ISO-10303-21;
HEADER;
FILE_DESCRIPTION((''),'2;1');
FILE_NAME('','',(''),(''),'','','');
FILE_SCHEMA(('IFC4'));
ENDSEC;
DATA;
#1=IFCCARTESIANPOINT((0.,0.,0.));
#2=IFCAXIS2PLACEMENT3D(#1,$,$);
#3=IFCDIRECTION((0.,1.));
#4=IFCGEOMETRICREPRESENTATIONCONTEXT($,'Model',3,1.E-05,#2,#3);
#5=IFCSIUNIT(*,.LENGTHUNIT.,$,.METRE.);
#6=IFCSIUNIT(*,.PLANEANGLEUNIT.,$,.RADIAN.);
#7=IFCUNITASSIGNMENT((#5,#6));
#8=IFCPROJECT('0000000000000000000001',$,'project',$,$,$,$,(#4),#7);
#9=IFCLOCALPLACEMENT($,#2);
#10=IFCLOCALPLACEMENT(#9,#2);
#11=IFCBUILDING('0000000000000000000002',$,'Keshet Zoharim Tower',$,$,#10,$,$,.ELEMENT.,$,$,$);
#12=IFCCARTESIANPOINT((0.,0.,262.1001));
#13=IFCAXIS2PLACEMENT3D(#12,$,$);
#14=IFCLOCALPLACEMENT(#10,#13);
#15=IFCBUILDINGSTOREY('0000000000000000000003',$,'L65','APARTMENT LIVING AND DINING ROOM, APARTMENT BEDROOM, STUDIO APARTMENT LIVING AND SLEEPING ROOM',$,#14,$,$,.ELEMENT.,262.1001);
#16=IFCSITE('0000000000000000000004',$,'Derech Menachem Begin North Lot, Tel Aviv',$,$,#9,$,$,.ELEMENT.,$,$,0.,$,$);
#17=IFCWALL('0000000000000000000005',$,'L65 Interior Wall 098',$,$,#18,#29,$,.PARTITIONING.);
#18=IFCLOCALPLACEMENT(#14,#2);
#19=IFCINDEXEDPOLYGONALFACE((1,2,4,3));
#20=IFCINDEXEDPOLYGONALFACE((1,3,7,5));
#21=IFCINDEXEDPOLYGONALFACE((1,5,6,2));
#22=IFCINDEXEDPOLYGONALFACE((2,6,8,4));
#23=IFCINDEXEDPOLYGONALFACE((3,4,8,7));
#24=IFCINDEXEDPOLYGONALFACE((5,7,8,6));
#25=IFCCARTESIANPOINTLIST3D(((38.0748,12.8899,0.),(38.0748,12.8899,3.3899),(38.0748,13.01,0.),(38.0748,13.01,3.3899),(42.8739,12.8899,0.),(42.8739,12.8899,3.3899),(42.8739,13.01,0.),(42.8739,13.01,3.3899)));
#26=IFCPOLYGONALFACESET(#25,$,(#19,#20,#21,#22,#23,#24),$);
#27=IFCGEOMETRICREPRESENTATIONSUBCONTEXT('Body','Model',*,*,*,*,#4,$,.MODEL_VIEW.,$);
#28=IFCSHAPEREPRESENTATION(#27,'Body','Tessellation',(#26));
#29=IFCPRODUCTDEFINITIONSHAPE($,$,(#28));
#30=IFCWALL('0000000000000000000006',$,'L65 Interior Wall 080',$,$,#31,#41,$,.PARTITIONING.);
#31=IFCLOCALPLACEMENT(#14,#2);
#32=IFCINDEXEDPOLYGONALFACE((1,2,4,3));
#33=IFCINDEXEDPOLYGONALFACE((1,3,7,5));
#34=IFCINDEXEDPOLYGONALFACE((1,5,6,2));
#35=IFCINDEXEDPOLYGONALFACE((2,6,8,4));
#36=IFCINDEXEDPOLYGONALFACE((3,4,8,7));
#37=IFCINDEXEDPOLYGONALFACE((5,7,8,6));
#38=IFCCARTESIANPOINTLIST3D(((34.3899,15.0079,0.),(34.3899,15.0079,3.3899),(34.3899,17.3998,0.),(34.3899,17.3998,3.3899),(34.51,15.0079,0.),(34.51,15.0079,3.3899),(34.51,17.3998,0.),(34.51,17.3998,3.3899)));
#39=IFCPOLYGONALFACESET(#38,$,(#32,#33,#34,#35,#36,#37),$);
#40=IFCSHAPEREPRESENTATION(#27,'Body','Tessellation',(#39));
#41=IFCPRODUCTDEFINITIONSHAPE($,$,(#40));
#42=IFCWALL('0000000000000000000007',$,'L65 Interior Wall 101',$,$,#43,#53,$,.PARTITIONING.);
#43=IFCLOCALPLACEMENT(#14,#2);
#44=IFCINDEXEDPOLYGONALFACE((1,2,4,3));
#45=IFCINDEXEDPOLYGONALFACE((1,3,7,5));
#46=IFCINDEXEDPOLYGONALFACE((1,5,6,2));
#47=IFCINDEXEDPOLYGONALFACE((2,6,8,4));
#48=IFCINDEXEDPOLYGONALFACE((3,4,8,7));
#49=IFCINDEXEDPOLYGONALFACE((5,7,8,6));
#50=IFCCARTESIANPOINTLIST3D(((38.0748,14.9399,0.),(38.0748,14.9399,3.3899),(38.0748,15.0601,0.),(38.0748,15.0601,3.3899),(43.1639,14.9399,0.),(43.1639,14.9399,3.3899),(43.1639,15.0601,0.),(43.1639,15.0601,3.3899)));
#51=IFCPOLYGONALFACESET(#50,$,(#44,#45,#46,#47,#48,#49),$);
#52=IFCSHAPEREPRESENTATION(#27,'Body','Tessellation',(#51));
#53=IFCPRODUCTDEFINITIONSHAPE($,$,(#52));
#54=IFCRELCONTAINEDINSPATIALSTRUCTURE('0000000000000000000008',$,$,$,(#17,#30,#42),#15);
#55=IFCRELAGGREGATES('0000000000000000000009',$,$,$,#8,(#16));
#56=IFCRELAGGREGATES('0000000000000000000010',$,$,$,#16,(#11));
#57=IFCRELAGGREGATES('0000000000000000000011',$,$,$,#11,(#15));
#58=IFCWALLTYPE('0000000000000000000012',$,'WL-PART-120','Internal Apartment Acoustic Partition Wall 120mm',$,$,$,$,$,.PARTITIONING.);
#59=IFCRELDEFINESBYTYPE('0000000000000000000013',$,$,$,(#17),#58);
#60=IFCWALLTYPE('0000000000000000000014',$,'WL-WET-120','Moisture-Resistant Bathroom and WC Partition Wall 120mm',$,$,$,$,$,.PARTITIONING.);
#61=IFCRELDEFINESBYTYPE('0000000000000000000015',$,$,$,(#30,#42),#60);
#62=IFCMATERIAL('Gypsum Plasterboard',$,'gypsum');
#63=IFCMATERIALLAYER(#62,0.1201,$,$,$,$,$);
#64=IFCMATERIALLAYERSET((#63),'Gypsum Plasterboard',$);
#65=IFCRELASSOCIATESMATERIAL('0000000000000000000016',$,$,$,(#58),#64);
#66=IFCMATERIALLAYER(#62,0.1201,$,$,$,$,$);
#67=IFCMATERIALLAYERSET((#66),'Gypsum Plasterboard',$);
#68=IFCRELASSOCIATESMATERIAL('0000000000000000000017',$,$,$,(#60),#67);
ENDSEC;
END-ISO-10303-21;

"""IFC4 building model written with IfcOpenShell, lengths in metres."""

from ifc_helpers import new_model, si_unit, direction, frame, frame_2d, origin, place, context, subcontext, project, spatial, rectangle, extrude, material, layer, layer_set, type_object, element, save


model = new_model("IFC4")

# Units and contexts
model_context = context("Model", 3, precision=1e-05, world=origin(), true_north=direction((0.0, 1.0)))
body_context = subcontext(model_context, "Body", "Model", "MODEL_VIEW")
ifc_project = project(units=[si_unit("LENGTHUNIT", "METRE"), si_unit("PLANEANGLEUNIT", "RADIAN")], contexts=[model_context])

# Site, building, storey
site_placement = place(None, origin())
site = spatial("IfcSite", under=ifc_project, at=site_placement, Name="Derech Menachem Begin North Lot, Tel Aviv", CompositionType="ELEMENT", RefElevation=0.0)
building_placement = place(site_placement, origin())
building = spatial("IfcBuilding", under=site, at=building_placement, Name="Keshet Zoharim Tower", CompositionType="ELEMENT")
storey_placement = place(building_placement, frame((0.0, 0.0, 262.1001)))
storey = spatial("IfcBuildingStorey", under=building, at=storey_placement, Name="L65", Description="APARTMENT LIVING AND DINING ROOM, APARTMENT BEDROOM, STUDIO APARTMENT LIVING AND SLEEPING ROOM", CompositionType="ELEMENT", Elevation=262.1001)

# Shared definitions
ifc_material_1 = material(Name="Gypsum Plasterboard", Category="gypsum")
ifc_layer_1 = layer(ifc_material_1, 0.1201)
ifc_layer_set_1 = layer_set([ifc_layer_1], Name="Gypsum Plasterboard")
wall_type_1 = type_object("IfcWallType", Name="WL-PART-120", Description="Internal Apartment Acoustic Partition Wall 120mm", PredefinedType="PARTITIONING", material=ifc_layer_set_1)

# Walls
wall_1_placement = place(storey_placement, frame((38.075, 12.95, 0.0), z_axis=(0.0, 0.0, 1.0), x_axis=(1.0, 0.0, 0.0)))
element("IfcWall", 1, at=wall_1_placement, inside=storey, type_object=wall_type_1, Name="L65 Interior Wall 098", PredefinedType="PARTITIONING", context=body_context, shape_type="SweptSolid", body=[
    extrude(rectangle(XDim=4.7991, YDim=0.1201, at=frame_2d((2.3994, 0.0))), origin(), (0.0, 0.0, 1.0), 3.3899),
])
ifc_layer_2 = layer(ifc_material_1, 0.1201)
ifc_layer_set_2 = layer_set([ifc_layer_2], Name="Gypsum Plasterboard")
wall_type_2 = type_object("IfcWallType", Name="WL-WET-120", Description="Moisture-Resistant Bathroom and WC Partition Wall 120mm", PredefinedType="PARTITIONING", material=ifc_layer_set_2)
wall_2_placement = place(storey_placement, frame((34.45, 15.0081, 0.0), z_axis=(0.0, 0.0, 1.0), x_axis=(0.0, 1.0, 0.0)))
element("IfcWall", 2, at=wall_2_placement, inside=storey, type_object=wall_type_2, Name="L65 Interior Wall 080", PredefinedType="PARTITIONING", context=body_context, shape_type="SweptSolid", body=[
    extrude(rectangle(XDim=2.3918, YDim=0.1201, at=frame_2d((1.1958, 0.0))), origin(), (0.0, 0.0, 1.0), 3.3899),
])
wall_3_placement = place(storey_placement, frame((38.075, 15.0, 0.0), z_axis=(0.0, 0.0, 1.0), x_axis=(1.0, 0.0, 0.0)))
element("IfcWall", 3, at=wall_3_placement, inside=storey, type_object=wall_type_2, Name="L65 Interior Wall 101", PredefinedType="PARTITIONING", context=body_context, shape_type="SweptSolid", body=[
    extrude(rectangle(XDim=5.0891, YDim=0.1201, at=frame_2d((2.5444, 0.0))), origin(), (0.0, 0.0, 1.0), 3.3899),
])

save(model, "model.ifc")
